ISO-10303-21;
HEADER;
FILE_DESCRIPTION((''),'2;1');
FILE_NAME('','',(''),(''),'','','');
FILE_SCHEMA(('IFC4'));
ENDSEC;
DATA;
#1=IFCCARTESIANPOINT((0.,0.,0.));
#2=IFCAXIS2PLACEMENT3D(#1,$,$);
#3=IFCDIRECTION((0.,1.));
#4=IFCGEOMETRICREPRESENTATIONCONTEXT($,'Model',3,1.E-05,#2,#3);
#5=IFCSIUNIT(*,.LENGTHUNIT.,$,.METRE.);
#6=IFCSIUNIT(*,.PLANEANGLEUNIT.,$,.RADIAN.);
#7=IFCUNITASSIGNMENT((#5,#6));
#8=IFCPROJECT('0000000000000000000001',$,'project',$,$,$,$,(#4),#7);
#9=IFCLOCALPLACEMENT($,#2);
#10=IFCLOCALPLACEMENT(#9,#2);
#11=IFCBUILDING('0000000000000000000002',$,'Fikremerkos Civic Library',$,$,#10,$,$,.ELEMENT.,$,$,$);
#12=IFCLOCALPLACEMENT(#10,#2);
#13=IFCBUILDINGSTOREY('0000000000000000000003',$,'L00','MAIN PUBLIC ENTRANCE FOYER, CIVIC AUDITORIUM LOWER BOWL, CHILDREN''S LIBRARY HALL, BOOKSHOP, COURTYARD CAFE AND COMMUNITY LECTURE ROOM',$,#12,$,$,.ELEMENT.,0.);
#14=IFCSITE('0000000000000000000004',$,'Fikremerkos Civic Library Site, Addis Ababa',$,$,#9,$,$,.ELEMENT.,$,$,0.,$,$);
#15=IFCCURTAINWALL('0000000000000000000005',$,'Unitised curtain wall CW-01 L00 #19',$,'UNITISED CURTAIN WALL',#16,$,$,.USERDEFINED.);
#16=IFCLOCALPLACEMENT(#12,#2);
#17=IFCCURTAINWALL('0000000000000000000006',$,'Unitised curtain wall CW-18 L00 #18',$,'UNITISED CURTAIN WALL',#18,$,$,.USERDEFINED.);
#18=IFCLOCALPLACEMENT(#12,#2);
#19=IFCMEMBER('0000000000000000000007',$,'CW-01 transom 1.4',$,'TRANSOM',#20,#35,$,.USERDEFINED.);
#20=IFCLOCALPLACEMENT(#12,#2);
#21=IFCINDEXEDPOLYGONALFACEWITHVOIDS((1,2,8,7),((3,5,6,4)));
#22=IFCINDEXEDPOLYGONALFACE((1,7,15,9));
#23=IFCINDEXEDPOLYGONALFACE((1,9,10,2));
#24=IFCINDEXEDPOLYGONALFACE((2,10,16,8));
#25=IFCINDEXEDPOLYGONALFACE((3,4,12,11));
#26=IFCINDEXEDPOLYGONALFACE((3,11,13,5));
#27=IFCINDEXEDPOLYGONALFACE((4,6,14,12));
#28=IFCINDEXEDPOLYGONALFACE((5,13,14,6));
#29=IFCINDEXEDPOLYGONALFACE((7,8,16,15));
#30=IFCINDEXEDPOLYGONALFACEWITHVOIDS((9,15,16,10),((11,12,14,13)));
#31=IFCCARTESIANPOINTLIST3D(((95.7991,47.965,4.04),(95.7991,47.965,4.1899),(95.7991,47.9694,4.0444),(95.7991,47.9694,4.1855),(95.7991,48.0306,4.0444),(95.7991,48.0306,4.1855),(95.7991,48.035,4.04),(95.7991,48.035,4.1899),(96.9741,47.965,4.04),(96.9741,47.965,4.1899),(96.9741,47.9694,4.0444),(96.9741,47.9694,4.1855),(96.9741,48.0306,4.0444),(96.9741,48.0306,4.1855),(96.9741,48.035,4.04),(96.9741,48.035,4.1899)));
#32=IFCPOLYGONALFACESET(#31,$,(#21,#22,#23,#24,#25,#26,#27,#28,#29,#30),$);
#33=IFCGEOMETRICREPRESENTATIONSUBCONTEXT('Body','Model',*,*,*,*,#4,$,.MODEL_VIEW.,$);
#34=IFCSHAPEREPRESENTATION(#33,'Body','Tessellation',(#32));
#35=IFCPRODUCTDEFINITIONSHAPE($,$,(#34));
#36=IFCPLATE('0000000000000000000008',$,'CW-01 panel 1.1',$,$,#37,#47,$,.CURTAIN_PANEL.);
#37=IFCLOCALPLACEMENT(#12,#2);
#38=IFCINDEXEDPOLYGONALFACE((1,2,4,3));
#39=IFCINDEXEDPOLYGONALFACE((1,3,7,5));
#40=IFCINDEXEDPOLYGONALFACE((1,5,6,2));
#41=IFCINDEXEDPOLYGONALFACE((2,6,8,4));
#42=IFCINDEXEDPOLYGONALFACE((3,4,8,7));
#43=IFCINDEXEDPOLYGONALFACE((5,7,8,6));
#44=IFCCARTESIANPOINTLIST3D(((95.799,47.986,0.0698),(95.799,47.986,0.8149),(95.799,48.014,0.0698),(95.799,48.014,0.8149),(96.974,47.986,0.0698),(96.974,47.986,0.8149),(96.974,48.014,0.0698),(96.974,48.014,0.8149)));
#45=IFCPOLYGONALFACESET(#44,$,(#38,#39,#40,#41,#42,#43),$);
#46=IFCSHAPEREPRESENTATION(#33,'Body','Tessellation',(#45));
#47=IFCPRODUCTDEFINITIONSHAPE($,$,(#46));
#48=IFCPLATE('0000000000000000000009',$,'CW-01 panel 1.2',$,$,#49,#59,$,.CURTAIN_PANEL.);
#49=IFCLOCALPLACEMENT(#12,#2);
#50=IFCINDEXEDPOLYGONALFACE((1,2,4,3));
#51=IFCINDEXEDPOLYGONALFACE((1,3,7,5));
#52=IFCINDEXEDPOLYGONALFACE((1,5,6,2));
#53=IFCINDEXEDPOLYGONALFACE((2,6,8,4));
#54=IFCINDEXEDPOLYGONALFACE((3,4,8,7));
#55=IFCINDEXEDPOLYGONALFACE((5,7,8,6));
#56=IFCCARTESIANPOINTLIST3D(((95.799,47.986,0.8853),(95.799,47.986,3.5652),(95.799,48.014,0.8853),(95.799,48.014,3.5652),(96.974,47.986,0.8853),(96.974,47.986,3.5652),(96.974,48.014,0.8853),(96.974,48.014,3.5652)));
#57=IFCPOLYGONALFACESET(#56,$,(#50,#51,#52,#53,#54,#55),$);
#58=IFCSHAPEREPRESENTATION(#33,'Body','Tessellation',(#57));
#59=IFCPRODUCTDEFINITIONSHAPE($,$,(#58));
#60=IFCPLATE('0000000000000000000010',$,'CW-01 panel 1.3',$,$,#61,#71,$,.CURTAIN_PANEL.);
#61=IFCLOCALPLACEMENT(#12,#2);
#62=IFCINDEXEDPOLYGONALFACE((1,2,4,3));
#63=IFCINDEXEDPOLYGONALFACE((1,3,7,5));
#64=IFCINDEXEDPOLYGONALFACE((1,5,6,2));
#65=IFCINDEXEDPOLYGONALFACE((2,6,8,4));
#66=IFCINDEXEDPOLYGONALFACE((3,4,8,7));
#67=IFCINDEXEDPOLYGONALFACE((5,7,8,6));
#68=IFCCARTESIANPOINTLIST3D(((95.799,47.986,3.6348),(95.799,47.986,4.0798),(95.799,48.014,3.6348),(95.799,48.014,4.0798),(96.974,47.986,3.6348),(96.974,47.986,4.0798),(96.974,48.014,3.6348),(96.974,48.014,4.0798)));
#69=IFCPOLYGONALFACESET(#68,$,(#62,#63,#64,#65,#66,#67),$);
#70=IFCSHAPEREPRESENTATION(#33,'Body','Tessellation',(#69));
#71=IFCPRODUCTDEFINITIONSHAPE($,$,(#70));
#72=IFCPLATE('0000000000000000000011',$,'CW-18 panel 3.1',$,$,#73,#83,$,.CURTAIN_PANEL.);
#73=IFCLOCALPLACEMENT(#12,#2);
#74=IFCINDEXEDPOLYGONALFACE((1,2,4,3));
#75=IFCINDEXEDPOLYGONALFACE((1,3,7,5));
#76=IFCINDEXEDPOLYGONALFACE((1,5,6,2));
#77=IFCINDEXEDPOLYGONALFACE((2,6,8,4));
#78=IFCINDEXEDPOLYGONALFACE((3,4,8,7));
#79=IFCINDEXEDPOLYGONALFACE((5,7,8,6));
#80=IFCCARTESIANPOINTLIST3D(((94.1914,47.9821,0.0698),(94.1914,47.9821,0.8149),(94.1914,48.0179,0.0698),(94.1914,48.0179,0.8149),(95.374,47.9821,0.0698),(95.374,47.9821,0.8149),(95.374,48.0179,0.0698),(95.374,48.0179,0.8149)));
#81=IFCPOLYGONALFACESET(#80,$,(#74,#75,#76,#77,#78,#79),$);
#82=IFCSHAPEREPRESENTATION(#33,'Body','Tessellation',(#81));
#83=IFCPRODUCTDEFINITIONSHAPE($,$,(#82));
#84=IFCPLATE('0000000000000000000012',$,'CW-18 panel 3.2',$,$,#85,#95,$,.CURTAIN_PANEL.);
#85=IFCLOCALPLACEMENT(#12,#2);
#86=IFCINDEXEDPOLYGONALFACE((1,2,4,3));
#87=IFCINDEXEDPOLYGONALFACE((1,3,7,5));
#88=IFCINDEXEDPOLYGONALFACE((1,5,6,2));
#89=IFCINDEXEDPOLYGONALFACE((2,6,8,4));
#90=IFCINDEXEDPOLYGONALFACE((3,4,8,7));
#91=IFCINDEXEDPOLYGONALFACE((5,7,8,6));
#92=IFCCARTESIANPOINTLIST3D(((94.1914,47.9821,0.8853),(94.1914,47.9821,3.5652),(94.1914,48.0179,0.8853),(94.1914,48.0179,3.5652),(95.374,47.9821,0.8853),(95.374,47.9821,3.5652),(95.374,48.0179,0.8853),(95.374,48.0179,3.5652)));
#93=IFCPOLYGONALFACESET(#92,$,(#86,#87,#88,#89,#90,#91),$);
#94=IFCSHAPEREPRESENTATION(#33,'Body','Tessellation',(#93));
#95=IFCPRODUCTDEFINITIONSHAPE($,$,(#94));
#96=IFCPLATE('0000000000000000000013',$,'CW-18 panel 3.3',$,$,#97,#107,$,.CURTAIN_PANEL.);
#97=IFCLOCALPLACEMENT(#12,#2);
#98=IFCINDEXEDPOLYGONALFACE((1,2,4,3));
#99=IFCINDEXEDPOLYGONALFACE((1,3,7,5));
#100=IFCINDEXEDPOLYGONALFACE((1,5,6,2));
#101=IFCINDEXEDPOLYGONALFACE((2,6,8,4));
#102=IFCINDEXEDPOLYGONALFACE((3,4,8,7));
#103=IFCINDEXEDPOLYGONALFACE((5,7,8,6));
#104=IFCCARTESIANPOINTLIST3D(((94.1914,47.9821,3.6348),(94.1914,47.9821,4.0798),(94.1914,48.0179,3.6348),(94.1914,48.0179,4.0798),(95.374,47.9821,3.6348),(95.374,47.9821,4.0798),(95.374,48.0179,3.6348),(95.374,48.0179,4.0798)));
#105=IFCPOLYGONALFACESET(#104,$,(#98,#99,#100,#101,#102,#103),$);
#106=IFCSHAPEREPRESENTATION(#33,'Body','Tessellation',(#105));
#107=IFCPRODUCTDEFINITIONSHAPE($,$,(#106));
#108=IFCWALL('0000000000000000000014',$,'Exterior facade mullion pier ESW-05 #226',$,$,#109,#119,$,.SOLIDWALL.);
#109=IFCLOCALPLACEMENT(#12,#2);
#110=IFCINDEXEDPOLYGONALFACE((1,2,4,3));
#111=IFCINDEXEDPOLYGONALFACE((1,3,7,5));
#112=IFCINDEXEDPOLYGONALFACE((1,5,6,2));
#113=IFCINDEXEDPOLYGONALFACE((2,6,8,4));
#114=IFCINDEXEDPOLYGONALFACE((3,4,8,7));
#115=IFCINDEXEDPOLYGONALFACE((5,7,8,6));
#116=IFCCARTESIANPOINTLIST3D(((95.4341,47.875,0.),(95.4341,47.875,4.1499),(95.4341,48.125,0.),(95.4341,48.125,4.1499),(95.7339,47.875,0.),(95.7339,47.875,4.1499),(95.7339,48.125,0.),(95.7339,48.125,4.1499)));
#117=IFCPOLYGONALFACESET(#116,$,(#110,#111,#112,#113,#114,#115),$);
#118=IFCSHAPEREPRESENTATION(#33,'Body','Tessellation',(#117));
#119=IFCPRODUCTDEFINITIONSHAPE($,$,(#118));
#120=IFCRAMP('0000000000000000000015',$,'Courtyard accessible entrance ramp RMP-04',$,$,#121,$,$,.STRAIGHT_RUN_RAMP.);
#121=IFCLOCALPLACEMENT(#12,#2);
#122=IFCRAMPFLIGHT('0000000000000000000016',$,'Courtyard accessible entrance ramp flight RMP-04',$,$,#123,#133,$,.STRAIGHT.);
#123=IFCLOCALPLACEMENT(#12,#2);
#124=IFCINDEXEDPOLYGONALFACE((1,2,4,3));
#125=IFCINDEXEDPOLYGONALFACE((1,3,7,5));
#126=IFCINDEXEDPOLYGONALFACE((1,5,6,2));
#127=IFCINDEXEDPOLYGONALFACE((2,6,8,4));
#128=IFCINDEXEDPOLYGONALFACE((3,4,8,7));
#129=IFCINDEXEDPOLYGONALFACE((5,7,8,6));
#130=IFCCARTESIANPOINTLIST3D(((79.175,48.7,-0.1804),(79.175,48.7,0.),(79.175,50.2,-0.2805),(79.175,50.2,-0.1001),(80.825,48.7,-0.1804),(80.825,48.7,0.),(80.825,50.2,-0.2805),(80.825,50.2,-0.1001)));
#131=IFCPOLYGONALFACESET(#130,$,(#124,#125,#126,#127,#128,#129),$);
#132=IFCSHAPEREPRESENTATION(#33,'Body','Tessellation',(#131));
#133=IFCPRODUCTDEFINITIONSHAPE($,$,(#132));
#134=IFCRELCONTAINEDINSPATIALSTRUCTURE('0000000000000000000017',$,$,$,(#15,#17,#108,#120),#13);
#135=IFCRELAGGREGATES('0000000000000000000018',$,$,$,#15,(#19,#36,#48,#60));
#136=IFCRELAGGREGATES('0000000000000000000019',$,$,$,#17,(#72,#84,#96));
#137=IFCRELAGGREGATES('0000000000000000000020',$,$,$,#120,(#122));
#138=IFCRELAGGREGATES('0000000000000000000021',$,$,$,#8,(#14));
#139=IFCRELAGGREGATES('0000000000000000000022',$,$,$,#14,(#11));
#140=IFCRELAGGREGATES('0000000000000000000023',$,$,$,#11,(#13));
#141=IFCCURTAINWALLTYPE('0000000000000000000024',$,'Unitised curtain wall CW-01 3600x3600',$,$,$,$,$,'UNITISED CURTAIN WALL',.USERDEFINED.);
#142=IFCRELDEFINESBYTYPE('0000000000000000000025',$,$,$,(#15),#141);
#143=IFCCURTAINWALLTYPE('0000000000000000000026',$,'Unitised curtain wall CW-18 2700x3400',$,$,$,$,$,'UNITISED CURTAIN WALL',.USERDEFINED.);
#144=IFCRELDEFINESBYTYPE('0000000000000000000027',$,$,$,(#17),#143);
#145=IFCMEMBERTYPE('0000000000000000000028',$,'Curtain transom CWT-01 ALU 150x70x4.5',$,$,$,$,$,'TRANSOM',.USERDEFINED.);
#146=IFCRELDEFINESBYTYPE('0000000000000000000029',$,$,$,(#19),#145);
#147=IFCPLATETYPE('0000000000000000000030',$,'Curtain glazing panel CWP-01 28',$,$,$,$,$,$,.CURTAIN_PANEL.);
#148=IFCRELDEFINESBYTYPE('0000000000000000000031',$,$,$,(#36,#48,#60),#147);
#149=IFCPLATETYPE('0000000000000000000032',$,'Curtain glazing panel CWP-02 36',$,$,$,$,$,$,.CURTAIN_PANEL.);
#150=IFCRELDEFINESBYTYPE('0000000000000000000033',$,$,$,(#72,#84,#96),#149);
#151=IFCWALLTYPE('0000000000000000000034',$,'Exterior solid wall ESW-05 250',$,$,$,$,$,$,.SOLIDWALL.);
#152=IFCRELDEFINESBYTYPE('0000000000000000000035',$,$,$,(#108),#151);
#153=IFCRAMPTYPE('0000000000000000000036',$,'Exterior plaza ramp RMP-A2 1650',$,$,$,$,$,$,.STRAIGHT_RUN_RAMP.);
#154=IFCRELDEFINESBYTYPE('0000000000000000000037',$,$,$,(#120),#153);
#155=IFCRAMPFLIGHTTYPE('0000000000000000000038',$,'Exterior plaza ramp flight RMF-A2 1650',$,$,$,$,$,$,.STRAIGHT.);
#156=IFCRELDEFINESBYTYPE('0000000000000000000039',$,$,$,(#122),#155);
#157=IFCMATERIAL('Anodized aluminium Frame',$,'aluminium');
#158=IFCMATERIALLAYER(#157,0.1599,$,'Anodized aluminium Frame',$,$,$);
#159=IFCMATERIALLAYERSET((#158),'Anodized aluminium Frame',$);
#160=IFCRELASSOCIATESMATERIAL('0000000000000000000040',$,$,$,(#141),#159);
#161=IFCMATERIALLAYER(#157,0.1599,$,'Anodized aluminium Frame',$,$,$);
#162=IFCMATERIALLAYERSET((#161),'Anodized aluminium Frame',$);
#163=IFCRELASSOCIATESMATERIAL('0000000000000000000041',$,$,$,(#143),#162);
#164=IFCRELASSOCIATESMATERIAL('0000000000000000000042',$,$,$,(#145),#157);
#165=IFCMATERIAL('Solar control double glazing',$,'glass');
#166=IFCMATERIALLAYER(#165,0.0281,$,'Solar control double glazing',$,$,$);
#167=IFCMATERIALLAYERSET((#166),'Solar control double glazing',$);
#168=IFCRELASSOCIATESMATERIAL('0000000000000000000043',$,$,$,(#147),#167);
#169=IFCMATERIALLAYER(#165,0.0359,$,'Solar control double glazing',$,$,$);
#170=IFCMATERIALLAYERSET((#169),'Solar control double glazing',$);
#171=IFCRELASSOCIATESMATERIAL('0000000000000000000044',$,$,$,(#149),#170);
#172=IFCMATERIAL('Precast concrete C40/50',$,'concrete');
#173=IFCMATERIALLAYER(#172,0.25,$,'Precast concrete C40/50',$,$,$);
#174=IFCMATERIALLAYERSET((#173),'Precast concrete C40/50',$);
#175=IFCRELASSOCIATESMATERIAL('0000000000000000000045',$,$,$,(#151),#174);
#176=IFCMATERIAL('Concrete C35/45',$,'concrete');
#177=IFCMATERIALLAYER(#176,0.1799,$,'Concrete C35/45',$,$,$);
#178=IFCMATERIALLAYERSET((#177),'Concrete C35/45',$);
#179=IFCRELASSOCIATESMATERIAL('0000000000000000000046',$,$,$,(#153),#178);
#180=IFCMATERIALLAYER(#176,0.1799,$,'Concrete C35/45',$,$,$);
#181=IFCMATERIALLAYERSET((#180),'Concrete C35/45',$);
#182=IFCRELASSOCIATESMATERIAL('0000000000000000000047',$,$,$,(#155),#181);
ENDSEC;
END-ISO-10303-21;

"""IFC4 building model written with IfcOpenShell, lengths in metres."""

from ifc_helpers import new_model, si_unit, direction, frame, frame_2d, origin, origin_2d, place, context, subcontext, project, spatial, polyline, rectangle, hollow_rectangle, outline, extrude, material, layer, layer_set, material_profile, profile_set, type_object, element, aggregate, save


model = new_model("IFC4")

# Units and contexts
model_context = context("Model", 3, precision=1e-05, world=origin(), true_north=direction((0.0, 1.0)))
body_context = subcontext(model_context, "Body", "Model", "MODEL_VIEW")
ifc_project = project(units=[si_unit("LENGTHUNIT", "METRE"), si_unit("PLANEANGLEUNIT", "RADIAN")], contexts=[model_context])

# Site, building, storey
site_placement = place(None, origin())
site = spatial("IfcSite", under=ifc_project, at=site_placement, Name="Fikremerkos Civic Library Site, Addis Ababa", CompositionType="ELEMENT", RefElevation=0.0)
building_placement = place(site_placement, origin())
building = spatial("IfcBuilding", under=site, at=building_placement, Name="Fikremerkos Civic Library", CompositionType="ELEMENT")
storey_placement = place(building_placement, origin())
storey = spatial("IfcBuildingStorey", under=building, at=storey_placement, Name="L00", Description="MAIN PUBLIC ENTRANCE FOYER, CIVIC AUDITORIUM LOWER BOWL, CHILDREN'S LIBRARY HALL, BOOKSHOP, COURTYARD CAFE AND COMMUNITY LECTURE ROOM", CompositionType="ELEMENT", Elevation=0.0)

# Shared definitions
ifc_material_1 = material(Name="Concrete C35/45", Category="concrete")

# Curtain wall
ifc_material_2 = material(Name="Anodized aluminium Frame", Category="aluminium")
ifc_layer_1 = layer(ifc_material_2, 0.1599, Name="Anodized aluminium Frame")
ifc_layer_set_1 = layer_set([ifc_layer_1], Name="Anodized aluminium Frame")
curtain_wall_type_1 = type_object("IfcCurtainWallType", Name="Unitised curtain wall CW-01 3600x3600", ElementType="UNITISED CURTAIN WALL", PredefinedType="USERDEFINED", material=ifc_layer_set_1)
curtain_wall_1_placement = place(storey_placement, origin())
curtain_wall_1 = element("IfcCurtainWall", 1, at=curtain_wall_1_placement, inside=storey, type_object=curtain_wall_type_1, Name="Unitised curtain wall CW-01 L00 #19", ObjectType="UNITISED CURTAIN WALL", PredefinedType="USERDEFINED")

# Curtain wall
ifc_layer_2 = layer(ifc_material_2, 0.1599, Name="Anodized aluminium Frame")
ifc_layer_set_2 = layer_set([ifc_layer_2], Name="Anodized aluminium Frame")
curtain_wall_type_2 = type_object("IfcCurtainWallType", Name="Unitised curtain wall CW-18 2700x3400", ElementType="UNITISED CURTAIN WALL", PredefinedType="USERDEFINED", material=ifc_layer_set_2)
curtain_wall_2_placement = place(storey_placement, origin())
curtain_wall_2 = element("IfcCurtainWall", 2, at=curtain_wall_2_placement, inside=storey, type_object=curtain_wall_type_2, Name="Unitised curtain wall CW-18 L00 #18", ObjectType="UNITISED CURTAIN WALL", PredefinedType="USERDEFINED")
ifc_material_profile_1 = material_profile(ifc_material_2, hollow_rectangle(XDim=0.0701, YDim=0.1499, WallThickness=0.0044, at=origin_2d()), Name="ALU 150x70x4.5")
ifc_profile_set_1 = profile_set([ifc_material_profile_1], Name="Anodized aluminium Frame")
member_type_1 = type_object("IfcMemberType", Name="Curtain transom CWT-01 ALU 150x70x4.5", ElementType="TRANSOM", PredefinedType="USERDEFINED", material=ifc_profile_set_1)

# Member
member_1_placement = place(storey_placement, frame((95.7991, 48.0, 4.115), z_axis=(1.0, 0.0, 0.0), x_axis=(0.0, 1.0, 0.0)))
member_1 = element("IfcMember", 3, at=member_1_placement, type_object=member_type_1, Name="CW-01 transom 1.4", ObjectType="TRANSOM", PredefinedType="USERDEFINED", context=body_context, shape_type="SweptSolid", body=[
    extrude(hollow_rectangle(XDim=0.0701, YDim=0.1499, WallThickness=0.0044, at=origin_2d()), origin(), (0.0, 0.0, 1.0), 1.175),
])

# Plates
ifc_material_3 = material(Name="Solar control double glazing", Category="glass")
ifc_layer_3 = layer(ifc_material_3, 0.0281, Name="Solar control double glazing")
ifc_layer_set_3 = layer_set([ifc_layer_3], Name="Solar control double glazing")
plate_type_1 = type_object("IfcPlateType", Name="Curtain glazing panel CWP-01 28", PredefinedType="CURTAIN_PANEL", material=ifc_layer_set_3)
plate_1_placement = place(storey_placement, frame((96.3865, 48.0, 0.0698), z_axis=(0.0, 0.0, 1.0), x_axis=(1.0, 0.0, 0.0)))
plate_1 = element("IfcPlate", 4, at=plate_1_placement, type_object=plate_type_1, Name="CW-01 panel 1.1", PredefinedType="CURTAIN_PANEL", context=body_context, shape_type="SweptSolid", body=[
    extrude(rectangle(XDim=1.175, YDim=0.0281, at=origin_2d()), origin(), (0.0, 0.0, 1.0), 0.7451),
])
plate_2_placement = place(storey_placement, frame((96.3865, 48.0, 0.8853), z_axis=(0.0, 0.0, 1.0), x_axis=(1.0, 0.0, 0.0)))
plate_2 = element("IfcPlate", 5, at=plate_2_placement, type_object=plate_type_1, Name="CW-01 panel 1.2", PredefinedType="CURTAIN_PANEL", context=body_context, shape_type="SweptSolid", body=[
    extrude(rectangle(XDim=1.175, YDim=0.0281, at=origin_2d()), origin(), (0.0, 0.0, 1.0), 2.6799),
])
plate_3_placement = place(storey_placement, frame((96.3865, 48.0, 3.6348), z_axis=(0.0, 0.0, 1.0), x_axis=(1.0, 0.0, 0.0)))
plate_3 = element("IfcPlate", 6, at=plate_3_placement, type_object=plate_type_1, Name="CW-01 panel 1.3", PredefinedType="CURTAIN_PANEL", context=body_context, shape_type="SweptSolid", body=[
    extrude(rectangle(XDim=1.175, YDim=0.0281, at=origin_2d()), origin(), (0.0, 0.0, 1.0), 0.4451),
])
aggregate(curtain_wall_1, [member_1, plate_1, plate_2, plate_3])
ifc_layer_4 = layer(ifc_material_3, 0.0359, Name="Solar control double glazing")
ifc_layer_set_4 = layer_set([ifc_layer_4], Name="Solar control double glazing")
plate_type_2 = type_object("IfcPlateType", Name="Curtain glazing panel CWP-02 36", PredefinedType="CURTAIN_PANEL", material=ifc_layer_set_4)
plate_4_placement = place(storey_placement, frame((94.7827, 48.0, 0.0698), z_axis=(0.0, 0.0, 1.0), x_axis=(1.0, 0.0, 0.0)))
plate_4 = element("IfcPlate", 7, at=plate_4_placement, type_object=plate_type_2, Name="CW-18 panel 3.1", PredefinedType="CURTAIN_PANEL", context=body_context, shape_type="SweptSolid", body=[
    extrude(rectangle(XDim=1.1826, YDim=0.0359, at=origin_2d()), origin(), (0.0, 0.0, 1.0), 0.7451),
])
plate_5_placement = place(storey_placement, frame((94.7827, 48.0, 0.8853), z_axis=(0.0, 0.0, 1.0), x_axis=(1.0, 0.0, 0.0)))
plate_5 = element("IfcPlate", 8, at=plate_5_placement, type_object=plate_type_2, Name="CW-18 panel 3.2", PredefinedType="CURTAIN_PANEL", context=body_context, shape_type="SweptSolid", body=[
    extrude(rectangle(XDim=1.1826, YDim=0.0359, at=origin_2d()), origin(), (0.0, 0.0, 1.0), 2.6799),
])
plate_6_placement = place(storey_placement, frame((94.7827, 48.0, 3.6348), z_axis=(0.0, 0.0, 1.0), x_axis=(1.0, 0.0, 0.0)))
plate_6 = element("IfcPlate", 9, at=plate_6_placement, type_object=plate_type_2, Name="CW-18 panel 3.3", PredefinedType="CURTAIN_PANEL", context=body_context, shape_type="SweptSolid", body=[
    extrude(rectangle(XDim=1.1826, YDim=0.0359, at=origin_2d()), origin(), (0.0, 0.0, 1.0), 0.4451),
])
aggregate(curtain_wall_2, [plate_4, plate_5, plate_6])

# Wall
ifc_material_4 = material(Name="Precast concrete C40/50", Category="concrete")
ifc_layer_5 = layer(ifc_material_4, 0.25, Name="Precast concrete C40/50")
ifc_layer_set_5 = layer_set([ifc_layer_5], Name="Precast concrete C40/50")
wall_type = type_object("IfcWallType", Name="Exterior solid wall ESW-05 250", PredefinedType="SOLIDWALL", material=ifc_layer_set_5)
wall_placement = place(storey_placement, frame((95.4341, 48.0, 0.0), z_axis=(0.0, 0.0, 1.0), x_axis=(1.0, 0.0, 0.0)))
element("IfcWall", 10, at=wall_placement, inside=storey, type_object=wall_type, Name="Exterior facade mullion pier ESW-05 #226", PredefinedType="SOLIDWALL", context=body_context, shape_type="SweptSolid", body=[
    extrude(rectangle(XDim=0.2998, YDim=0.25, at=frame_2d((0.1499, 0.0))), origin(), (0.0, 0.0, 1.0), 4.1499),
])

# Ramp, ramp flight
ifc_layer_6 = layer(ifc_material_1, 0.1799, Name="Concrete C35/45")
ifc_layer_set_6 = layer_set([ifc_layer_6], Name="Concrete C35/45")
ramp_type = type_object("IfcRampType", Name="Exterior plaza ramp RMP-A2 1650", PredefinedType="STRAIGHT_RUN_RAMP", material=ifc_layer_set_6)
ramp_placement = place(storey_placement, origin())
ramp = element("IfcRamp", 11, at=ramp_placement, inside=storey, type_object=ramp_type, Name="Courtyard accessible entrance ramp RMP-04", PredefinedType="STRAIGHT_RUN_RAMP")
ifc_layer_7 = layer(ifc_material_1, 0.1799, Name="Concrete C35/45")
ifc_layer_set_7 = layer_set([ifc_layer_7], Name="Concrete C35/45")
ramp_flight_type = type_object("IfcRampFlightType", Name="Exterior plaza ramp flight RMF-A2 1650", PredefinedType="STRAIGHT", material=ifc_layer_set_7)
ramp_flight_placement = place(storey_placement, frame((80.0, 50.2, -0.1001), z_axis=(0.0, 0.0, 1.0), x_axis=(0.0, -1.0, 0.0)))
ramp_flight = element("IfcRampFlight", 12, at=ramp_flight_placement, type_object=ramp_flight_type, Name="Courtyard accessible entrance ramp flight RMP-04", PredefinedType="STRAIGHT", context=body_context, shape_type="SweptSolid", body=[
    extrude(outline(polyline([(0.0, 0.0), (1.5, 0.1001), (1.5, -0.0803), (0.0, -0.1804), (0.0, 0.0)])), frame((0.0, 0.825, 0.0), z_axis=(0.0, -1.0, 0.0), x_axis=(1.0, 0.0, 0.0)), (0.0, 0.0, 1.0), 1.6499),
])
aggregate(ramp, [ramp_flight])

save(model, "model.ifc")
